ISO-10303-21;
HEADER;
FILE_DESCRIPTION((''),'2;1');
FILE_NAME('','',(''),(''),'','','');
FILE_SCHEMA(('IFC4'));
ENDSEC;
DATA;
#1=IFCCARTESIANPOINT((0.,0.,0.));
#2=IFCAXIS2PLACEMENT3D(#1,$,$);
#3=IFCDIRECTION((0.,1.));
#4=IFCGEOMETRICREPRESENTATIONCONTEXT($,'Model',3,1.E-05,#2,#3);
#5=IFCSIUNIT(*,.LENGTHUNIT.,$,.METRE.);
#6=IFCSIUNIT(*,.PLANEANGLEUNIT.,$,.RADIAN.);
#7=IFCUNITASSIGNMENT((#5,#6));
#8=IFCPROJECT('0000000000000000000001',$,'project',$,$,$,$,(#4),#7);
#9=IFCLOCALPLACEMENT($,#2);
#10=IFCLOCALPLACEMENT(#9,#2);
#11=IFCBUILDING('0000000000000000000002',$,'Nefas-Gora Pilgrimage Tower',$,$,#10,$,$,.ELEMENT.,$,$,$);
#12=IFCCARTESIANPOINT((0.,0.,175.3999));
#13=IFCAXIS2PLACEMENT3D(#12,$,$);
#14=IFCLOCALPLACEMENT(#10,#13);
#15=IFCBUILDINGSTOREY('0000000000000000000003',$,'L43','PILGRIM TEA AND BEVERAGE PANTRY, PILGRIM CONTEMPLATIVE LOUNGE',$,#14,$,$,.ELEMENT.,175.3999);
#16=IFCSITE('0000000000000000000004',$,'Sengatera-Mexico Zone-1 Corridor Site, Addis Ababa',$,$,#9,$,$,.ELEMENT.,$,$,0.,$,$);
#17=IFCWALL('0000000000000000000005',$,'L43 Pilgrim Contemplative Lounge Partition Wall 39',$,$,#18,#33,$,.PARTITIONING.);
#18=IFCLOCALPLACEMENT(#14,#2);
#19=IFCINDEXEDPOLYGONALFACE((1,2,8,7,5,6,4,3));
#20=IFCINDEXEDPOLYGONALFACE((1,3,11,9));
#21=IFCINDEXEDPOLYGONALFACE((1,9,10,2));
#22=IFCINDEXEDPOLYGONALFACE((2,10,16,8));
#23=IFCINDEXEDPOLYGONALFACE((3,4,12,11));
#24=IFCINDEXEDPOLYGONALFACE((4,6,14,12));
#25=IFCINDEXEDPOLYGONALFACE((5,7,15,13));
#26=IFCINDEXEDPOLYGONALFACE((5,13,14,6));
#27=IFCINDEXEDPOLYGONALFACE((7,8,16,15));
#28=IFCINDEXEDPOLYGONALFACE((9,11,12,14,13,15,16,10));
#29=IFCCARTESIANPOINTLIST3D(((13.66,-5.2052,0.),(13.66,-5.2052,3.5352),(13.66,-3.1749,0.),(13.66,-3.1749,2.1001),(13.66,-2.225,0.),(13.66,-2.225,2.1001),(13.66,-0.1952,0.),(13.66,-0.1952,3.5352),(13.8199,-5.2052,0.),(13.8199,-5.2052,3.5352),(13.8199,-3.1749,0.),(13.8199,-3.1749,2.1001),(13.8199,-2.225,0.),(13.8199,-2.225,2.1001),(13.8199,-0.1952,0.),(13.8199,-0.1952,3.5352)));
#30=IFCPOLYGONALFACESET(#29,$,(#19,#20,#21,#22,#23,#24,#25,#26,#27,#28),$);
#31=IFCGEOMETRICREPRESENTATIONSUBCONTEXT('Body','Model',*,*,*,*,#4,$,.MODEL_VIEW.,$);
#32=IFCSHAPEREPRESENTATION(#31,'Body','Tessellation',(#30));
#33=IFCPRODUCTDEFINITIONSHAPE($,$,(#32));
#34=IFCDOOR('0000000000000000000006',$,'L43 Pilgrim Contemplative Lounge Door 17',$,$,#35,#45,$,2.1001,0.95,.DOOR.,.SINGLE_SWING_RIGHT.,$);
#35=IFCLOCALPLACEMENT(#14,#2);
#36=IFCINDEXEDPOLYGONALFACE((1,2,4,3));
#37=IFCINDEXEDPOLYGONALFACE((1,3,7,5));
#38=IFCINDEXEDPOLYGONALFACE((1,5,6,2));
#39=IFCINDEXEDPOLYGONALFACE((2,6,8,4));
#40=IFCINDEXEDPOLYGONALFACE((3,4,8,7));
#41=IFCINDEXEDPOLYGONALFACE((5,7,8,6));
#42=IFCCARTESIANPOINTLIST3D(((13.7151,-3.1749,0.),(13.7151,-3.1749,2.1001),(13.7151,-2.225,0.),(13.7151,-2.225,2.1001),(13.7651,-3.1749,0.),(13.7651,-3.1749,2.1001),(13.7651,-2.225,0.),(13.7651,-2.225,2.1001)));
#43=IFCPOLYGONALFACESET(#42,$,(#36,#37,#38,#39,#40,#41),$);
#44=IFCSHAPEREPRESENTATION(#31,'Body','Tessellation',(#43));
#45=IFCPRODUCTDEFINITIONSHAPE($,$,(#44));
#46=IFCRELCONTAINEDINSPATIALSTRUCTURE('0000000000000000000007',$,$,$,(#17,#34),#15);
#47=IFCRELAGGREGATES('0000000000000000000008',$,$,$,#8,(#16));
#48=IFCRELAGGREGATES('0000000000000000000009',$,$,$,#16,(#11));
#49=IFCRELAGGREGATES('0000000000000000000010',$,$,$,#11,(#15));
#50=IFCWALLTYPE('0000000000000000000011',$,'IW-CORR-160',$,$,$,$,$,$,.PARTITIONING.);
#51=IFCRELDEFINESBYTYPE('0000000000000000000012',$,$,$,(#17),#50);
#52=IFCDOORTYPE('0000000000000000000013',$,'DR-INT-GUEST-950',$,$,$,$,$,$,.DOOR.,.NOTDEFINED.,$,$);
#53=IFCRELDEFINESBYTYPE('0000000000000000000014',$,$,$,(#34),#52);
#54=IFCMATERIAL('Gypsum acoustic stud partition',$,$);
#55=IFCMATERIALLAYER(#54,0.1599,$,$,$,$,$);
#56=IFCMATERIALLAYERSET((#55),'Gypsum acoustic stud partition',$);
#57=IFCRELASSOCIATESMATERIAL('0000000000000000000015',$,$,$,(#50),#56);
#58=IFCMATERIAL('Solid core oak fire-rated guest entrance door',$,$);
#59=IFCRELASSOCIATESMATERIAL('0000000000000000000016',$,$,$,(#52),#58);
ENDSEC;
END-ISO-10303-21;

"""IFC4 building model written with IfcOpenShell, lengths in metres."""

from ifc_helpers import new_model, si_unit, direction, frame, frame_2d, origin, place, context, subcontext, project, spatial, rectangle, extrude, source, transform, mapped, material, layer, layer_set, type_object, element, fill, save


model = new_model("IFC4")

# Units and contexts
model_context = context("Model", 3, precision=1e-05, world=origin(), true_north=direction((0.0, 1.0)))
body_context = subcontext(model_context, "Body", "Model", "MODEL_VIEW")
ifc_project = project(units=[si_unit("LENGTHUNIT", "METRE"), si_unit("PLANEANGLEUNIT", "RADIAN")], contexts=[model_context])

# Site, building, storey
site_placement = place(None, origin())
site = spatial("IfcSite", under=ifc_project, at=site_placement, Name="Sengatera-Mexico Zone-1 Corridor Site, Addis Ababa", CompositionType="ELEMENT", RefElevation=0.0)
building_placement = place(site_placement, origin())
building = spatial("IfcBuilding", under=site, at=building_placement, Name="Nefas-Gora Pilgrimage Tower", CompositionType="ELEMENT")
storey_placement = place(building_placement, frame((0.0, 0.0, 175.3999)))
storey = spatial("IfcBuildingStorey", under=building, at=storey_placement, Name="L43", Description="PILGRIM TEA AND BEVERAGE PANTRY, PILGRIM CONTEMPLATIVE LOUNGE", CompositionType="ELEMENT", Elevation=175.3999)

# Shared definitions
ifc_material_1 = material(Name="Gypsum acoustic stud partition")
ifc_layer_1 = layer(ifc_material_1, 0.1599)
ifc_layer_set_1 = layer_set([ifc_layer_1], Name="Gypsum acoustic stud partition")
wall_type_1 = type_object("IfcWallType", Name="IW-CORR-160", PredefinedType="PARTITIONING", material=ifc_layer_set_1)
ifc_material_2 = material(Name="Solid core oak fire-rated guest entrance door")
door_type_1 = type_object("IfcDoorType", Name="DR-INT-GUEST-950", OperationType="NOTDEFINED", PredefinedType="DOOR", material=ifc_material_2)
shared_shape_1 = source(origin(), body_context, "Body", "SweptSolid", [
    extrude(rectangle(XDim=0.95, YDim=2.1001, at=frame_2d((0.4751, 1.05))), frame((0.0, 0.0249, 0.0), z_axis=(0.0, -1.0, 0.0), x_axis=(1.0, 0.0, 0.0)), (0.0, 0.0, 1.0), 0.05),
])

# Wall, opening, door
shared_shape_2 = source(origin(), body_context, "Body", "SweptSolid", [
    extrude(rectangle(XDim=5.01, YDim=0.1599, at=frame_2d((2.5049, 0.0))), origin(), (0.0, 0.0, 1.0), 3.5352),
])
wall_1_placement = place(storey_placement, frame((13.74, -5.2051, 0.0), z_axis=(0.0, 0.0, 1.0), x_axis=(0.0, 1.0, 0.0)))
wall_1 = element("IfcWall", 1, at=wall_1_placement, inside=storey, type_object=wall_type_1, Name="L43 Pilgrim Contemplative Lounge Partition Wall 39", PredefinedType="PARTITIONING", context=body_context, shape_type="MappedRepresentation", body=[
    mapped(shared_shape_2, transform((0.0, 0.0, 0.0), x_axis=(1.0, 0.0, 0.0), y_axis=(0.0, 1.0, 0.0), z_axis=(0.0, 0.0, 1.0), scale=1.0)),
])
opening_1_placement = place(wall_1_placement, frame((2.03, 0.0, 0.0)))
opening_1 = element("IfcOpeningElement", 2, at=opening_1_placement, cuts=wall_1, PredefinedType="OPENING", context=body_context, shape_type="SweptSolid", body=[
    extrude(rectangle(XDim=0.95, YDim=2.1001, at=frame_2d((0.4751, 1.05))), frame((0.0, 0.0898, 0.0), z_axis=(0.0, -1.0, 0.0), x_axis=(1.0, 0.0, 0.0)), (0.0, 0.0, 1.0), 0.1799),
])
door_1_placement = place(opening_1_placement, origin())
door_1 = element("IfcDoor", 3, at=door_1_placement, inside=storey, type_object=door_type_1, Name="L43 Pilgrim Contemplative Lounge Door 17", OperationType="SINGLE_SWING_RIGHT", OverallHeight=2.1001, OverallWidth=0.95, PredefinedType="DOOR", context=body_context, shape_type="MappedRepresentation", body=[
    mapped(shared_shape_1, transform((0.0, 0.0, 0.0), x_axis=(1.0, 0.0, 0.0), y_axis=(0.0, 1.0, 0.0), z_axis=(0.0, 0.0, 1.0), scale=1.0)),
])
fill(opening_1, door_1)

save(model, "model.ifc")
